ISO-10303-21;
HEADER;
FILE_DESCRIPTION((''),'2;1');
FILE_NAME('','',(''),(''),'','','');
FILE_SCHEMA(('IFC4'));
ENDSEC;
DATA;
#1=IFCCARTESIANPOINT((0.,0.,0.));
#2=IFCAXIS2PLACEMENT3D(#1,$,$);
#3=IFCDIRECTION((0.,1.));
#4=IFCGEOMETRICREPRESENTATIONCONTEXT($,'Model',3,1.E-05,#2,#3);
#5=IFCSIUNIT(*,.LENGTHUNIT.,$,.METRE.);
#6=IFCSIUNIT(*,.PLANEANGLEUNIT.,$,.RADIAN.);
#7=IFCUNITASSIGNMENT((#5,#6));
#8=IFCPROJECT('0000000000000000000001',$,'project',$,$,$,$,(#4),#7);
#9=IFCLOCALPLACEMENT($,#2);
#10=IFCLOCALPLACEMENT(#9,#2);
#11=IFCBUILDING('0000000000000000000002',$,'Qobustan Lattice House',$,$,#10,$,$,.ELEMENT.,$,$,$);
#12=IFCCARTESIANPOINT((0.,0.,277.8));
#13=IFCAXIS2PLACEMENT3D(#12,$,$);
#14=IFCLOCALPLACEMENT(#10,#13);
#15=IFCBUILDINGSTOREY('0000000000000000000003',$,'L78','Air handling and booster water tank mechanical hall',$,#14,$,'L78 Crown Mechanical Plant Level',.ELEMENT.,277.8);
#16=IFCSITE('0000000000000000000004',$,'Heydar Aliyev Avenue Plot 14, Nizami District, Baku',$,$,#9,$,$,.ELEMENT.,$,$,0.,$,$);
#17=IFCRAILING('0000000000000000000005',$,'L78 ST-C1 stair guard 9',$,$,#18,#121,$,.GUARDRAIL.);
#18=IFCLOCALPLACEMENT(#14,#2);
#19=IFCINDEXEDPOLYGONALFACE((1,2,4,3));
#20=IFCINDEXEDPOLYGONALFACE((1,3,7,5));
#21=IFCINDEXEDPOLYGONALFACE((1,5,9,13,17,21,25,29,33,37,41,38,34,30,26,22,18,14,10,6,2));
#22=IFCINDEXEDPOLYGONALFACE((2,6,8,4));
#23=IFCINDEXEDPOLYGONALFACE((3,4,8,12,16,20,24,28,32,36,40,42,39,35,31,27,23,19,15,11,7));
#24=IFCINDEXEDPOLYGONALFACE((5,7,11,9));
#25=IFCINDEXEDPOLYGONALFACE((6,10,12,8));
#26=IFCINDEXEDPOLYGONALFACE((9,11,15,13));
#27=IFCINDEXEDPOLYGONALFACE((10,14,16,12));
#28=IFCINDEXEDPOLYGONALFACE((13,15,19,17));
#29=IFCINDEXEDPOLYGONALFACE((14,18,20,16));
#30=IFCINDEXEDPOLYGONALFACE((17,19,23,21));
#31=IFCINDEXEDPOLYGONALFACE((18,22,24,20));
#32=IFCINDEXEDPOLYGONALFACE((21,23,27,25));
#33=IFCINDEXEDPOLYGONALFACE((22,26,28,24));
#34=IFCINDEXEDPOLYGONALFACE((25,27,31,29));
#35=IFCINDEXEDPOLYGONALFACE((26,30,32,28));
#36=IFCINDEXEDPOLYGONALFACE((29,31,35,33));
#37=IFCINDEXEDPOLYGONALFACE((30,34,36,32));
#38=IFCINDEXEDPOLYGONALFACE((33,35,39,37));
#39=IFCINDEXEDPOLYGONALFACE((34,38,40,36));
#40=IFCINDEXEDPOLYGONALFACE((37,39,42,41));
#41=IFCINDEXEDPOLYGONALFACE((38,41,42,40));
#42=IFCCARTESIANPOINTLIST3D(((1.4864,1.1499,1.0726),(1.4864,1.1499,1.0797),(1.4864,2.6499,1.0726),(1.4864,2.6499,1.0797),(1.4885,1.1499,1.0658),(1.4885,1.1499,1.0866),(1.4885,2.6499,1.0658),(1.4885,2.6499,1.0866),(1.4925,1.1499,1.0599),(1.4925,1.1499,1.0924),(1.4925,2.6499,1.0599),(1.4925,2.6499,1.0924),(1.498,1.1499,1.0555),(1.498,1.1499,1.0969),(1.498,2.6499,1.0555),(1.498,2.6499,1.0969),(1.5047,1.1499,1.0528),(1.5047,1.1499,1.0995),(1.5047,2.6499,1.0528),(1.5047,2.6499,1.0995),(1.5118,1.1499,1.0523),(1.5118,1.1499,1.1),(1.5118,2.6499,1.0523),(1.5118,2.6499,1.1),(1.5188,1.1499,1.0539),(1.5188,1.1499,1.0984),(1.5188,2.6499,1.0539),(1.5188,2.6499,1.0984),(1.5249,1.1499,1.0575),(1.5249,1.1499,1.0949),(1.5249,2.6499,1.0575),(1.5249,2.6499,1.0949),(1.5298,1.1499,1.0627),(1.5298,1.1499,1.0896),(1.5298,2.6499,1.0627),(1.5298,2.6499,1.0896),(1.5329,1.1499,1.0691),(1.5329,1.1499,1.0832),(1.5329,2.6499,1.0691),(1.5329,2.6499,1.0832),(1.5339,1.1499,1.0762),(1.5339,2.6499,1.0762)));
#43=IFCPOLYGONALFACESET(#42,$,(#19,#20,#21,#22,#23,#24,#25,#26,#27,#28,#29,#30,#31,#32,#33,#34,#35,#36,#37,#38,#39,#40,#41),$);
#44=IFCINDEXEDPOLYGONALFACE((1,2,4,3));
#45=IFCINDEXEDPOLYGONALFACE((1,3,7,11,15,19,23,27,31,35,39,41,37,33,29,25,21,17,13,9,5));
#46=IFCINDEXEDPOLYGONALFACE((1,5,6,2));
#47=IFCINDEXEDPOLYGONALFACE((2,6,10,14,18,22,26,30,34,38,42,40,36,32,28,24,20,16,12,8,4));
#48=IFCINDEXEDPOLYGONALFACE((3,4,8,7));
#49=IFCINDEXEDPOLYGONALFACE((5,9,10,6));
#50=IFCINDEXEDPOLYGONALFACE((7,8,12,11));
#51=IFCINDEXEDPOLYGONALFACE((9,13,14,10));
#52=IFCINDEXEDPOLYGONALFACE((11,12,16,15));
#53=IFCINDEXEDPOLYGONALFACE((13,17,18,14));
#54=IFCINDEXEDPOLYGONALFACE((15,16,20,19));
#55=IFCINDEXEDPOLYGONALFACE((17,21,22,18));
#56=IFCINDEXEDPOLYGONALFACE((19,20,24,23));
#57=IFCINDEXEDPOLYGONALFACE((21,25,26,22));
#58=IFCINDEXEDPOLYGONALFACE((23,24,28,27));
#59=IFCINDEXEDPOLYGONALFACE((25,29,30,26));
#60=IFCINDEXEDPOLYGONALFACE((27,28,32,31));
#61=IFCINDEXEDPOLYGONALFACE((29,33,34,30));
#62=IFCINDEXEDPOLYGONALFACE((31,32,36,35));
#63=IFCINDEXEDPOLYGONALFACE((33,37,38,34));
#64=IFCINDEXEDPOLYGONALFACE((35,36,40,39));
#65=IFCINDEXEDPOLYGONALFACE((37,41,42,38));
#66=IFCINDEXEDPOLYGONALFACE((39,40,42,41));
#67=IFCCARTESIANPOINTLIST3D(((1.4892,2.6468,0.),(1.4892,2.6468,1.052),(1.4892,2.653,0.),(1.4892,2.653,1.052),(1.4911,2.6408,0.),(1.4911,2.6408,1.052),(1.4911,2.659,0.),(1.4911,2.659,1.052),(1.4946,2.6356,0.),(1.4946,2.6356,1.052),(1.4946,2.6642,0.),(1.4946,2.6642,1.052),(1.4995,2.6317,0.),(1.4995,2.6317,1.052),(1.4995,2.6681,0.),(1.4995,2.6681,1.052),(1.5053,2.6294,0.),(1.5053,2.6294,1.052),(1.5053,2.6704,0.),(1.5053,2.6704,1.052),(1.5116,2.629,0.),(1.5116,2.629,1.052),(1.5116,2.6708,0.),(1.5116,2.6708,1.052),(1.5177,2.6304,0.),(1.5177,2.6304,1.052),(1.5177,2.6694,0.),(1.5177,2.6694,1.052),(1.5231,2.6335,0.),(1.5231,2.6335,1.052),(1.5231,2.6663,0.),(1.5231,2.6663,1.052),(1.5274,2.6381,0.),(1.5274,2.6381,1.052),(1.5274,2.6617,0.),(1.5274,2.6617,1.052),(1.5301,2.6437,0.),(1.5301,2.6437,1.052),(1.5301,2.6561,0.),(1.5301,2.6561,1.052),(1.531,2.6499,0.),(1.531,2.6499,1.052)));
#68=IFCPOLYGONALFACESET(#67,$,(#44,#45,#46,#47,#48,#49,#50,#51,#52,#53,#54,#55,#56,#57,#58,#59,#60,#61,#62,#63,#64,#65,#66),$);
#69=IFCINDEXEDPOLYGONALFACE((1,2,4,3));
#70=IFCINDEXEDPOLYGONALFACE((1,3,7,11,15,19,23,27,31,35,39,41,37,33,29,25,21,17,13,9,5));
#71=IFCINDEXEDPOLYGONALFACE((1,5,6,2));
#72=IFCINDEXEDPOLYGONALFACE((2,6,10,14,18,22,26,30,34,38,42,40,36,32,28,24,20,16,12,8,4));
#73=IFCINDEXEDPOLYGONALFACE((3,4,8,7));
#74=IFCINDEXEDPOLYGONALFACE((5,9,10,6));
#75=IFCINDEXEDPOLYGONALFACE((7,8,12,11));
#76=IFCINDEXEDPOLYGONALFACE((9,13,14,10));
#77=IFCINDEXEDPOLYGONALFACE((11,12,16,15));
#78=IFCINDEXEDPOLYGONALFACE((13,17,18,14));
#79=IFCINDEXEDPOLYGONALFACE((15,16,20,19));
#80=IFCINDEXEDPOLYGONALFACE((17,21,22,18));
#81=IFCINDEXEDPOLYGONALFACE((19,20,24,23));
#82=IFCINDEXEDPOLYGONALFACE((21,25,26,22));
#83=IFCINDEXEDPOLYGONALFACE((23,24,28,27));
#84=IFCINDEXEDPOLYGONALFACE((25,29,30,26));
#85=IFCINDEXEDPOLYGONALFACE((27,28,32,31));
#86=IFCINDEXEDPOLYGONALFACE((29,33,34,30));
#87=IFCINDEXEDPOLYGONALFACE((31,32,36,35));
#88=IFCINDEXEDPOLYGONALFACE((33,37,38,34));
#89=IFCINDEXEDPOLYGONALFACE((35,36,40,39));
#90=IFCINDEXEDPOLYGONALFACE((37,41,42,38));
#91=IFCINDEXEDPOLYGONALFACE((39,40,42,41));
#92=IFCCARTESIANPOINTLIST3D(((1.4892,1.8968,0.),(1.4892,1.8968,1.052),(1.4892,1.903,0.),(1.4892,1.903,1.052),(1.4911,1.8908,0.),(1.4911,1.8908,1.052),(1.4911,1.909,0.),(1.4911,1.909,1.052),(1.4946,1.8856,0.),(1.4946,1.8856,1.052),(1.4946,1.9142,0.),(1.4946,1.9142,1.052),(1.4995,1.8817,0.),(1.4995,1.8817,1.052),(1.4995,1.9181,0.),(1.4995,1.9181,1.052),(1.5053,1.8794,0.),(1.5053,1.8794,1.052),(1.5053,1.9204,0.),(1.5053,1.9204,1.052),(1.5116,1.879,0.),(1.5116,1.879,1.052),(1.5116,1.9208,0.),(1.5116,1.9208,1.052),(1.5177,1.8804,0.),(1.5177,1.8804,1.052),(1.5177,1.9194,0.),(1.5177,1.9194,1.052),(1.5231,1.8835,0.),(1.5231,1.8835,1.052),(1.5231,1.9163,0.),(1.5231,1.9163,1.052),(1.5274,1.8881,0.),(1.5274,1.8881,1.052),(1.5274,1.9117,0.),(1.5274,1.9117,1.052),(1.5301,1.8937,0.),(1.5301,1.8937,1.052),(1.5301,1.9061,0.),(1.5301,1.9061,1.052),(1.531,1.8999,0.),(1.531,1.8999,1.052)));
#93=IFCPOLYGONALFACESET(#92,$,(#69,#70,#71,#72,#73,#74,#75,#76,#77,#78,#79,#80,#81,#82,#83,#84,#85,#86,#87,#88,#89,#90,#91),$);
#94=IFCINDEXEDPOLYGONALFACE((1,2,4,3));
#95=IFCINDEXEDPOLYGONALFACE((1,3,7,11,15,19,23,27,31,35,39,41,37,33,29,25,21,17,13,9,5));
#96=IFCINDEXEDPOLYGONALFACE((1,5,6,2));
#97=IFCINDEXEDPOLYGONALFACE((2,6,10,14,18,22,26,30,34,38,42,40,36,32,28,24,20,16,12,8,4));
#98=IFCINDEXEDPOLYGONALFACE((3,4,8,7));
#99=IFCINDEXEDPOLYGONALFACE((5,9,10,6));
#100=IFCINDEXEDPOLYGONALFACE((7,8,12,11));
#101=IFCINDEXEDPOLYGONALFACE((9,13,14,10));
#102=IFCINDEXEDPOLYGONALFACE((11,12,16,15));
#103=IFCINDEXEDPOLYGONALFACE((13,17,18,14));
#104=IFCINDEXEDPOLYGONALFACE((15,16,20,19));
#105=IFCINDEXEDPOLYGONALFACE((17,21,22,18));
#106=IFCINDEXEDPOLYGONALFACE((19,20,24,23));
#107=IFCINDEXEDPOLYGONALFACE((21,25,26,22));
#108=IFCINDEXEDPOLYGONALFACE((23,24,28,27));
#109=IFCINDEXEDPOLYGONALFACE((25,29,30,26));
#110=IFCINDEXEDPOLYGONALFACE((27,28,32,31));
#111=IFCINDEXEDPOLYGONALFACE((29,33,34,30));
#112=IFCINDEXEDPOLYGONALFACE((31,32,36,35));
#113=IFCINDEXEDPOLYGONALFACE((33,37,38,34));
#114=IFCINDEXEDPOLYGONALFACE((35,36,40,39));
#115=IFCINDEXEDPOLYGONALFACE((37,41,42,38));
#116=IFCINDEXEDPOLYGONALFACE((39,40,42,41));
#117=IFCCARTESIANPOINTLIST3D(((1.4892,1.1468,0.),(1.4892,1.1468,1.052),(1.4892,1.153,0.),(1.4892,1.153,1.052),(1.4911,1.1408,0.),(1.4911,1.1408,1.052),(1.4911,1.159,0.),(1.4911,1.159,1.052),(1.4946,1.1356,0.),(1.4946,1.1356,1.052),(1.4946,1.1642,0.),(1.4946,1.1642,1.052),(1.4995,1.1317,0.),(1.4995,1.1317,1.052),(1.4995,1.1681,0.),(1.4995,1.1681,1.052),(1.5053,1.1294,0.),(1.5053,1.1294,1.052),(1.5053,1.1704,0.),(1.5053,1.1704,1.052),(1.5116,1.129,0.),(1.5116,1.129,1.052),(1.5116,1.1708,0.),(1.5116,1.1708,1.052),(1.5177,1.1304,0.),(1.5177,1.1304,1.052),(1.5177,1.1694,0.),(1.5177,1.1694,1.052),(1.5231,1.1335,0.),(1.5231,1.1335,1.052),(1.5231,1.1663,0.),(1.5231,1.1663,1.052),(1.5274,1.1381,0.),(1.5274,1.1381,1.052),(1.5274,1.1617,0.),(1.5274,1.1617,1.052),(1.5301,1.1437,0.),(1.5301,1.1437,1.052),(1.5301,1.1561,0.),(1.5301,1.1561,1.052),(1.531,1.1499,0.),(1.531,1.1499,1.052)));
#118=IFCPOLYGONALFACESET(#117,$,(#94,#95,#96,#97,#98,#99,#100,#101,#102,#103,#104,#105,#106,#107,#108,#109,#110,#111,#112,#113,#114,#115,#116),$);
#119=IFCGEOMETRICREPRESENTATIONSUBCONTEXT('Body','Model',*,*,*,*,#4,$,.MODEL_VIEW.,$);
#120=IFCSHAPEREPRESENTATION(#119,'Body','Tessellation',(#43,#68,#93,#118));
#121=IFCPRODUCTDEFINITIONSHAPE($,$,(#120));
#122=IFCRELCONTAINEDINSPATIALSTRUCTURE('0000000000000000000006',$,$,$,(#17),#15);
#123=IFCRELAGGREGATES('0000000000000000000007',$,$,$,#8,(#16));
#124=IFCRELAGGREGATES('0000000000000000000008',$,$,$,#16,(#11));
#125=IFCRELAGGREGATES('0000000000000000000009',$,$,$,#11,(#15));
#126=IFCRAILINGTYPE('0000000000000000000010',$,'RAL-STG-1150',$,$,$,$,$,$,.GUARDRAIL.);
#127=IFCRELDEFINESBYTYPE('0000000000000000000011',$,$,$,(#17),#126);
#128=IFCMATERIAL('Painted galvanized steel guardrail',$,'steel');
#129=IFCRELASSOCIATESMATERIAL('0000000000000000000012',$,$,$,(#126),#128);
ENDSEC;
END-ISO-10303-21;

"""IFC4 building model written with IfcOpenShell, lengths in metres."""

from ifc_helpers import new_model, si_unit, direction, frame, origin, origin_2d, place, context, subcontext, project, spatial, circle, extrude, material, type_object, element, save


model = new_model("IFC4")

# Units and contexts
model_context = context("Model", 3, precision=1e-05, world=origin(), true_north=direction((0.0, 1.0)))
body_context = subcontext(model_context, "Body", "Model", "MODEL_VIEW")
ifc_project = project(units=[si_unit("LENGTHUNIT", "METRE"), si_unit("PLANEANGLEUNIT", "RADIAN")], contexts=[model_context])

# Site, building, storey
site_placement = place(None, origin())
site = spatial("IfcSite", under=ifc_project, at=site_placement, Name="Heydar Aliyev Avenue Plot 14, Nizami District, Baku", CompositionType="ELEMENT", RefElevation=0.0)
building_placement = place(site_placement, origin())
building = spatial("IfcBuilding", under=site, at=building_placement, Name="Qobustan Lattice House", CompositionType="ELEMENT")
storey_placement = place(building_placement, frame((0.0, 0.0, 277.8)))
storey = spatial("IfcBuildingStorey", under=building, at=storey_placement, Name="L78", Description="Air handling and booster water tank mechanical hall", LongName="L78 Crown Mechanical Plant Level", CompositionType="ELEMENT", Elevation=277.8)

# Railing
ifc_material_1 = material(Name="Painted galvanized steel guardrail", Category="steel")
railing_type = type_object("IfcRailingType", Name="RAL-STG-1150", PredefinedType="GUARDRAIL", material=ifc_material_1)
railing_1_placement = place(storey_placement, frame((1.51, 2.6499, 0.0)))
element("IfcRailing", 1, at=railing_1_placement, inside=storey, type_object=railing_type, Name="L78 ST-C1 stair guard 9", PredefinedType="GUARDRAIL", context=body_context, shape_type="SweptSolid", body=[
    extrude(circle(Radius=0.0239, at=origin_2d()), frame((0.0, 0.0, 1.0762), z_axis=(0.0, -1.0, 0.0), x_axis=(1.0, 0.0, 0.0)), (0.0, 0.0, 1.0), 1.5),
    extrude(circle(Radius=0.021, at=origin_2d()), origin(), (0.0, 0.0, 1.0), 1.052),
    extrude(circle(Radius=0.021, at=origin_2d()), frame((0.0, -0.75, 0.0)), (0.0, 0.0, 1.0), 1.052),
    extrude(circle(Radius=0.021, at=origin_2d()), frame((0.0, -1.5, 0.0)), (0.0, 0.0, 1.0), 1.052),
])

save(model, "model.ifc")
